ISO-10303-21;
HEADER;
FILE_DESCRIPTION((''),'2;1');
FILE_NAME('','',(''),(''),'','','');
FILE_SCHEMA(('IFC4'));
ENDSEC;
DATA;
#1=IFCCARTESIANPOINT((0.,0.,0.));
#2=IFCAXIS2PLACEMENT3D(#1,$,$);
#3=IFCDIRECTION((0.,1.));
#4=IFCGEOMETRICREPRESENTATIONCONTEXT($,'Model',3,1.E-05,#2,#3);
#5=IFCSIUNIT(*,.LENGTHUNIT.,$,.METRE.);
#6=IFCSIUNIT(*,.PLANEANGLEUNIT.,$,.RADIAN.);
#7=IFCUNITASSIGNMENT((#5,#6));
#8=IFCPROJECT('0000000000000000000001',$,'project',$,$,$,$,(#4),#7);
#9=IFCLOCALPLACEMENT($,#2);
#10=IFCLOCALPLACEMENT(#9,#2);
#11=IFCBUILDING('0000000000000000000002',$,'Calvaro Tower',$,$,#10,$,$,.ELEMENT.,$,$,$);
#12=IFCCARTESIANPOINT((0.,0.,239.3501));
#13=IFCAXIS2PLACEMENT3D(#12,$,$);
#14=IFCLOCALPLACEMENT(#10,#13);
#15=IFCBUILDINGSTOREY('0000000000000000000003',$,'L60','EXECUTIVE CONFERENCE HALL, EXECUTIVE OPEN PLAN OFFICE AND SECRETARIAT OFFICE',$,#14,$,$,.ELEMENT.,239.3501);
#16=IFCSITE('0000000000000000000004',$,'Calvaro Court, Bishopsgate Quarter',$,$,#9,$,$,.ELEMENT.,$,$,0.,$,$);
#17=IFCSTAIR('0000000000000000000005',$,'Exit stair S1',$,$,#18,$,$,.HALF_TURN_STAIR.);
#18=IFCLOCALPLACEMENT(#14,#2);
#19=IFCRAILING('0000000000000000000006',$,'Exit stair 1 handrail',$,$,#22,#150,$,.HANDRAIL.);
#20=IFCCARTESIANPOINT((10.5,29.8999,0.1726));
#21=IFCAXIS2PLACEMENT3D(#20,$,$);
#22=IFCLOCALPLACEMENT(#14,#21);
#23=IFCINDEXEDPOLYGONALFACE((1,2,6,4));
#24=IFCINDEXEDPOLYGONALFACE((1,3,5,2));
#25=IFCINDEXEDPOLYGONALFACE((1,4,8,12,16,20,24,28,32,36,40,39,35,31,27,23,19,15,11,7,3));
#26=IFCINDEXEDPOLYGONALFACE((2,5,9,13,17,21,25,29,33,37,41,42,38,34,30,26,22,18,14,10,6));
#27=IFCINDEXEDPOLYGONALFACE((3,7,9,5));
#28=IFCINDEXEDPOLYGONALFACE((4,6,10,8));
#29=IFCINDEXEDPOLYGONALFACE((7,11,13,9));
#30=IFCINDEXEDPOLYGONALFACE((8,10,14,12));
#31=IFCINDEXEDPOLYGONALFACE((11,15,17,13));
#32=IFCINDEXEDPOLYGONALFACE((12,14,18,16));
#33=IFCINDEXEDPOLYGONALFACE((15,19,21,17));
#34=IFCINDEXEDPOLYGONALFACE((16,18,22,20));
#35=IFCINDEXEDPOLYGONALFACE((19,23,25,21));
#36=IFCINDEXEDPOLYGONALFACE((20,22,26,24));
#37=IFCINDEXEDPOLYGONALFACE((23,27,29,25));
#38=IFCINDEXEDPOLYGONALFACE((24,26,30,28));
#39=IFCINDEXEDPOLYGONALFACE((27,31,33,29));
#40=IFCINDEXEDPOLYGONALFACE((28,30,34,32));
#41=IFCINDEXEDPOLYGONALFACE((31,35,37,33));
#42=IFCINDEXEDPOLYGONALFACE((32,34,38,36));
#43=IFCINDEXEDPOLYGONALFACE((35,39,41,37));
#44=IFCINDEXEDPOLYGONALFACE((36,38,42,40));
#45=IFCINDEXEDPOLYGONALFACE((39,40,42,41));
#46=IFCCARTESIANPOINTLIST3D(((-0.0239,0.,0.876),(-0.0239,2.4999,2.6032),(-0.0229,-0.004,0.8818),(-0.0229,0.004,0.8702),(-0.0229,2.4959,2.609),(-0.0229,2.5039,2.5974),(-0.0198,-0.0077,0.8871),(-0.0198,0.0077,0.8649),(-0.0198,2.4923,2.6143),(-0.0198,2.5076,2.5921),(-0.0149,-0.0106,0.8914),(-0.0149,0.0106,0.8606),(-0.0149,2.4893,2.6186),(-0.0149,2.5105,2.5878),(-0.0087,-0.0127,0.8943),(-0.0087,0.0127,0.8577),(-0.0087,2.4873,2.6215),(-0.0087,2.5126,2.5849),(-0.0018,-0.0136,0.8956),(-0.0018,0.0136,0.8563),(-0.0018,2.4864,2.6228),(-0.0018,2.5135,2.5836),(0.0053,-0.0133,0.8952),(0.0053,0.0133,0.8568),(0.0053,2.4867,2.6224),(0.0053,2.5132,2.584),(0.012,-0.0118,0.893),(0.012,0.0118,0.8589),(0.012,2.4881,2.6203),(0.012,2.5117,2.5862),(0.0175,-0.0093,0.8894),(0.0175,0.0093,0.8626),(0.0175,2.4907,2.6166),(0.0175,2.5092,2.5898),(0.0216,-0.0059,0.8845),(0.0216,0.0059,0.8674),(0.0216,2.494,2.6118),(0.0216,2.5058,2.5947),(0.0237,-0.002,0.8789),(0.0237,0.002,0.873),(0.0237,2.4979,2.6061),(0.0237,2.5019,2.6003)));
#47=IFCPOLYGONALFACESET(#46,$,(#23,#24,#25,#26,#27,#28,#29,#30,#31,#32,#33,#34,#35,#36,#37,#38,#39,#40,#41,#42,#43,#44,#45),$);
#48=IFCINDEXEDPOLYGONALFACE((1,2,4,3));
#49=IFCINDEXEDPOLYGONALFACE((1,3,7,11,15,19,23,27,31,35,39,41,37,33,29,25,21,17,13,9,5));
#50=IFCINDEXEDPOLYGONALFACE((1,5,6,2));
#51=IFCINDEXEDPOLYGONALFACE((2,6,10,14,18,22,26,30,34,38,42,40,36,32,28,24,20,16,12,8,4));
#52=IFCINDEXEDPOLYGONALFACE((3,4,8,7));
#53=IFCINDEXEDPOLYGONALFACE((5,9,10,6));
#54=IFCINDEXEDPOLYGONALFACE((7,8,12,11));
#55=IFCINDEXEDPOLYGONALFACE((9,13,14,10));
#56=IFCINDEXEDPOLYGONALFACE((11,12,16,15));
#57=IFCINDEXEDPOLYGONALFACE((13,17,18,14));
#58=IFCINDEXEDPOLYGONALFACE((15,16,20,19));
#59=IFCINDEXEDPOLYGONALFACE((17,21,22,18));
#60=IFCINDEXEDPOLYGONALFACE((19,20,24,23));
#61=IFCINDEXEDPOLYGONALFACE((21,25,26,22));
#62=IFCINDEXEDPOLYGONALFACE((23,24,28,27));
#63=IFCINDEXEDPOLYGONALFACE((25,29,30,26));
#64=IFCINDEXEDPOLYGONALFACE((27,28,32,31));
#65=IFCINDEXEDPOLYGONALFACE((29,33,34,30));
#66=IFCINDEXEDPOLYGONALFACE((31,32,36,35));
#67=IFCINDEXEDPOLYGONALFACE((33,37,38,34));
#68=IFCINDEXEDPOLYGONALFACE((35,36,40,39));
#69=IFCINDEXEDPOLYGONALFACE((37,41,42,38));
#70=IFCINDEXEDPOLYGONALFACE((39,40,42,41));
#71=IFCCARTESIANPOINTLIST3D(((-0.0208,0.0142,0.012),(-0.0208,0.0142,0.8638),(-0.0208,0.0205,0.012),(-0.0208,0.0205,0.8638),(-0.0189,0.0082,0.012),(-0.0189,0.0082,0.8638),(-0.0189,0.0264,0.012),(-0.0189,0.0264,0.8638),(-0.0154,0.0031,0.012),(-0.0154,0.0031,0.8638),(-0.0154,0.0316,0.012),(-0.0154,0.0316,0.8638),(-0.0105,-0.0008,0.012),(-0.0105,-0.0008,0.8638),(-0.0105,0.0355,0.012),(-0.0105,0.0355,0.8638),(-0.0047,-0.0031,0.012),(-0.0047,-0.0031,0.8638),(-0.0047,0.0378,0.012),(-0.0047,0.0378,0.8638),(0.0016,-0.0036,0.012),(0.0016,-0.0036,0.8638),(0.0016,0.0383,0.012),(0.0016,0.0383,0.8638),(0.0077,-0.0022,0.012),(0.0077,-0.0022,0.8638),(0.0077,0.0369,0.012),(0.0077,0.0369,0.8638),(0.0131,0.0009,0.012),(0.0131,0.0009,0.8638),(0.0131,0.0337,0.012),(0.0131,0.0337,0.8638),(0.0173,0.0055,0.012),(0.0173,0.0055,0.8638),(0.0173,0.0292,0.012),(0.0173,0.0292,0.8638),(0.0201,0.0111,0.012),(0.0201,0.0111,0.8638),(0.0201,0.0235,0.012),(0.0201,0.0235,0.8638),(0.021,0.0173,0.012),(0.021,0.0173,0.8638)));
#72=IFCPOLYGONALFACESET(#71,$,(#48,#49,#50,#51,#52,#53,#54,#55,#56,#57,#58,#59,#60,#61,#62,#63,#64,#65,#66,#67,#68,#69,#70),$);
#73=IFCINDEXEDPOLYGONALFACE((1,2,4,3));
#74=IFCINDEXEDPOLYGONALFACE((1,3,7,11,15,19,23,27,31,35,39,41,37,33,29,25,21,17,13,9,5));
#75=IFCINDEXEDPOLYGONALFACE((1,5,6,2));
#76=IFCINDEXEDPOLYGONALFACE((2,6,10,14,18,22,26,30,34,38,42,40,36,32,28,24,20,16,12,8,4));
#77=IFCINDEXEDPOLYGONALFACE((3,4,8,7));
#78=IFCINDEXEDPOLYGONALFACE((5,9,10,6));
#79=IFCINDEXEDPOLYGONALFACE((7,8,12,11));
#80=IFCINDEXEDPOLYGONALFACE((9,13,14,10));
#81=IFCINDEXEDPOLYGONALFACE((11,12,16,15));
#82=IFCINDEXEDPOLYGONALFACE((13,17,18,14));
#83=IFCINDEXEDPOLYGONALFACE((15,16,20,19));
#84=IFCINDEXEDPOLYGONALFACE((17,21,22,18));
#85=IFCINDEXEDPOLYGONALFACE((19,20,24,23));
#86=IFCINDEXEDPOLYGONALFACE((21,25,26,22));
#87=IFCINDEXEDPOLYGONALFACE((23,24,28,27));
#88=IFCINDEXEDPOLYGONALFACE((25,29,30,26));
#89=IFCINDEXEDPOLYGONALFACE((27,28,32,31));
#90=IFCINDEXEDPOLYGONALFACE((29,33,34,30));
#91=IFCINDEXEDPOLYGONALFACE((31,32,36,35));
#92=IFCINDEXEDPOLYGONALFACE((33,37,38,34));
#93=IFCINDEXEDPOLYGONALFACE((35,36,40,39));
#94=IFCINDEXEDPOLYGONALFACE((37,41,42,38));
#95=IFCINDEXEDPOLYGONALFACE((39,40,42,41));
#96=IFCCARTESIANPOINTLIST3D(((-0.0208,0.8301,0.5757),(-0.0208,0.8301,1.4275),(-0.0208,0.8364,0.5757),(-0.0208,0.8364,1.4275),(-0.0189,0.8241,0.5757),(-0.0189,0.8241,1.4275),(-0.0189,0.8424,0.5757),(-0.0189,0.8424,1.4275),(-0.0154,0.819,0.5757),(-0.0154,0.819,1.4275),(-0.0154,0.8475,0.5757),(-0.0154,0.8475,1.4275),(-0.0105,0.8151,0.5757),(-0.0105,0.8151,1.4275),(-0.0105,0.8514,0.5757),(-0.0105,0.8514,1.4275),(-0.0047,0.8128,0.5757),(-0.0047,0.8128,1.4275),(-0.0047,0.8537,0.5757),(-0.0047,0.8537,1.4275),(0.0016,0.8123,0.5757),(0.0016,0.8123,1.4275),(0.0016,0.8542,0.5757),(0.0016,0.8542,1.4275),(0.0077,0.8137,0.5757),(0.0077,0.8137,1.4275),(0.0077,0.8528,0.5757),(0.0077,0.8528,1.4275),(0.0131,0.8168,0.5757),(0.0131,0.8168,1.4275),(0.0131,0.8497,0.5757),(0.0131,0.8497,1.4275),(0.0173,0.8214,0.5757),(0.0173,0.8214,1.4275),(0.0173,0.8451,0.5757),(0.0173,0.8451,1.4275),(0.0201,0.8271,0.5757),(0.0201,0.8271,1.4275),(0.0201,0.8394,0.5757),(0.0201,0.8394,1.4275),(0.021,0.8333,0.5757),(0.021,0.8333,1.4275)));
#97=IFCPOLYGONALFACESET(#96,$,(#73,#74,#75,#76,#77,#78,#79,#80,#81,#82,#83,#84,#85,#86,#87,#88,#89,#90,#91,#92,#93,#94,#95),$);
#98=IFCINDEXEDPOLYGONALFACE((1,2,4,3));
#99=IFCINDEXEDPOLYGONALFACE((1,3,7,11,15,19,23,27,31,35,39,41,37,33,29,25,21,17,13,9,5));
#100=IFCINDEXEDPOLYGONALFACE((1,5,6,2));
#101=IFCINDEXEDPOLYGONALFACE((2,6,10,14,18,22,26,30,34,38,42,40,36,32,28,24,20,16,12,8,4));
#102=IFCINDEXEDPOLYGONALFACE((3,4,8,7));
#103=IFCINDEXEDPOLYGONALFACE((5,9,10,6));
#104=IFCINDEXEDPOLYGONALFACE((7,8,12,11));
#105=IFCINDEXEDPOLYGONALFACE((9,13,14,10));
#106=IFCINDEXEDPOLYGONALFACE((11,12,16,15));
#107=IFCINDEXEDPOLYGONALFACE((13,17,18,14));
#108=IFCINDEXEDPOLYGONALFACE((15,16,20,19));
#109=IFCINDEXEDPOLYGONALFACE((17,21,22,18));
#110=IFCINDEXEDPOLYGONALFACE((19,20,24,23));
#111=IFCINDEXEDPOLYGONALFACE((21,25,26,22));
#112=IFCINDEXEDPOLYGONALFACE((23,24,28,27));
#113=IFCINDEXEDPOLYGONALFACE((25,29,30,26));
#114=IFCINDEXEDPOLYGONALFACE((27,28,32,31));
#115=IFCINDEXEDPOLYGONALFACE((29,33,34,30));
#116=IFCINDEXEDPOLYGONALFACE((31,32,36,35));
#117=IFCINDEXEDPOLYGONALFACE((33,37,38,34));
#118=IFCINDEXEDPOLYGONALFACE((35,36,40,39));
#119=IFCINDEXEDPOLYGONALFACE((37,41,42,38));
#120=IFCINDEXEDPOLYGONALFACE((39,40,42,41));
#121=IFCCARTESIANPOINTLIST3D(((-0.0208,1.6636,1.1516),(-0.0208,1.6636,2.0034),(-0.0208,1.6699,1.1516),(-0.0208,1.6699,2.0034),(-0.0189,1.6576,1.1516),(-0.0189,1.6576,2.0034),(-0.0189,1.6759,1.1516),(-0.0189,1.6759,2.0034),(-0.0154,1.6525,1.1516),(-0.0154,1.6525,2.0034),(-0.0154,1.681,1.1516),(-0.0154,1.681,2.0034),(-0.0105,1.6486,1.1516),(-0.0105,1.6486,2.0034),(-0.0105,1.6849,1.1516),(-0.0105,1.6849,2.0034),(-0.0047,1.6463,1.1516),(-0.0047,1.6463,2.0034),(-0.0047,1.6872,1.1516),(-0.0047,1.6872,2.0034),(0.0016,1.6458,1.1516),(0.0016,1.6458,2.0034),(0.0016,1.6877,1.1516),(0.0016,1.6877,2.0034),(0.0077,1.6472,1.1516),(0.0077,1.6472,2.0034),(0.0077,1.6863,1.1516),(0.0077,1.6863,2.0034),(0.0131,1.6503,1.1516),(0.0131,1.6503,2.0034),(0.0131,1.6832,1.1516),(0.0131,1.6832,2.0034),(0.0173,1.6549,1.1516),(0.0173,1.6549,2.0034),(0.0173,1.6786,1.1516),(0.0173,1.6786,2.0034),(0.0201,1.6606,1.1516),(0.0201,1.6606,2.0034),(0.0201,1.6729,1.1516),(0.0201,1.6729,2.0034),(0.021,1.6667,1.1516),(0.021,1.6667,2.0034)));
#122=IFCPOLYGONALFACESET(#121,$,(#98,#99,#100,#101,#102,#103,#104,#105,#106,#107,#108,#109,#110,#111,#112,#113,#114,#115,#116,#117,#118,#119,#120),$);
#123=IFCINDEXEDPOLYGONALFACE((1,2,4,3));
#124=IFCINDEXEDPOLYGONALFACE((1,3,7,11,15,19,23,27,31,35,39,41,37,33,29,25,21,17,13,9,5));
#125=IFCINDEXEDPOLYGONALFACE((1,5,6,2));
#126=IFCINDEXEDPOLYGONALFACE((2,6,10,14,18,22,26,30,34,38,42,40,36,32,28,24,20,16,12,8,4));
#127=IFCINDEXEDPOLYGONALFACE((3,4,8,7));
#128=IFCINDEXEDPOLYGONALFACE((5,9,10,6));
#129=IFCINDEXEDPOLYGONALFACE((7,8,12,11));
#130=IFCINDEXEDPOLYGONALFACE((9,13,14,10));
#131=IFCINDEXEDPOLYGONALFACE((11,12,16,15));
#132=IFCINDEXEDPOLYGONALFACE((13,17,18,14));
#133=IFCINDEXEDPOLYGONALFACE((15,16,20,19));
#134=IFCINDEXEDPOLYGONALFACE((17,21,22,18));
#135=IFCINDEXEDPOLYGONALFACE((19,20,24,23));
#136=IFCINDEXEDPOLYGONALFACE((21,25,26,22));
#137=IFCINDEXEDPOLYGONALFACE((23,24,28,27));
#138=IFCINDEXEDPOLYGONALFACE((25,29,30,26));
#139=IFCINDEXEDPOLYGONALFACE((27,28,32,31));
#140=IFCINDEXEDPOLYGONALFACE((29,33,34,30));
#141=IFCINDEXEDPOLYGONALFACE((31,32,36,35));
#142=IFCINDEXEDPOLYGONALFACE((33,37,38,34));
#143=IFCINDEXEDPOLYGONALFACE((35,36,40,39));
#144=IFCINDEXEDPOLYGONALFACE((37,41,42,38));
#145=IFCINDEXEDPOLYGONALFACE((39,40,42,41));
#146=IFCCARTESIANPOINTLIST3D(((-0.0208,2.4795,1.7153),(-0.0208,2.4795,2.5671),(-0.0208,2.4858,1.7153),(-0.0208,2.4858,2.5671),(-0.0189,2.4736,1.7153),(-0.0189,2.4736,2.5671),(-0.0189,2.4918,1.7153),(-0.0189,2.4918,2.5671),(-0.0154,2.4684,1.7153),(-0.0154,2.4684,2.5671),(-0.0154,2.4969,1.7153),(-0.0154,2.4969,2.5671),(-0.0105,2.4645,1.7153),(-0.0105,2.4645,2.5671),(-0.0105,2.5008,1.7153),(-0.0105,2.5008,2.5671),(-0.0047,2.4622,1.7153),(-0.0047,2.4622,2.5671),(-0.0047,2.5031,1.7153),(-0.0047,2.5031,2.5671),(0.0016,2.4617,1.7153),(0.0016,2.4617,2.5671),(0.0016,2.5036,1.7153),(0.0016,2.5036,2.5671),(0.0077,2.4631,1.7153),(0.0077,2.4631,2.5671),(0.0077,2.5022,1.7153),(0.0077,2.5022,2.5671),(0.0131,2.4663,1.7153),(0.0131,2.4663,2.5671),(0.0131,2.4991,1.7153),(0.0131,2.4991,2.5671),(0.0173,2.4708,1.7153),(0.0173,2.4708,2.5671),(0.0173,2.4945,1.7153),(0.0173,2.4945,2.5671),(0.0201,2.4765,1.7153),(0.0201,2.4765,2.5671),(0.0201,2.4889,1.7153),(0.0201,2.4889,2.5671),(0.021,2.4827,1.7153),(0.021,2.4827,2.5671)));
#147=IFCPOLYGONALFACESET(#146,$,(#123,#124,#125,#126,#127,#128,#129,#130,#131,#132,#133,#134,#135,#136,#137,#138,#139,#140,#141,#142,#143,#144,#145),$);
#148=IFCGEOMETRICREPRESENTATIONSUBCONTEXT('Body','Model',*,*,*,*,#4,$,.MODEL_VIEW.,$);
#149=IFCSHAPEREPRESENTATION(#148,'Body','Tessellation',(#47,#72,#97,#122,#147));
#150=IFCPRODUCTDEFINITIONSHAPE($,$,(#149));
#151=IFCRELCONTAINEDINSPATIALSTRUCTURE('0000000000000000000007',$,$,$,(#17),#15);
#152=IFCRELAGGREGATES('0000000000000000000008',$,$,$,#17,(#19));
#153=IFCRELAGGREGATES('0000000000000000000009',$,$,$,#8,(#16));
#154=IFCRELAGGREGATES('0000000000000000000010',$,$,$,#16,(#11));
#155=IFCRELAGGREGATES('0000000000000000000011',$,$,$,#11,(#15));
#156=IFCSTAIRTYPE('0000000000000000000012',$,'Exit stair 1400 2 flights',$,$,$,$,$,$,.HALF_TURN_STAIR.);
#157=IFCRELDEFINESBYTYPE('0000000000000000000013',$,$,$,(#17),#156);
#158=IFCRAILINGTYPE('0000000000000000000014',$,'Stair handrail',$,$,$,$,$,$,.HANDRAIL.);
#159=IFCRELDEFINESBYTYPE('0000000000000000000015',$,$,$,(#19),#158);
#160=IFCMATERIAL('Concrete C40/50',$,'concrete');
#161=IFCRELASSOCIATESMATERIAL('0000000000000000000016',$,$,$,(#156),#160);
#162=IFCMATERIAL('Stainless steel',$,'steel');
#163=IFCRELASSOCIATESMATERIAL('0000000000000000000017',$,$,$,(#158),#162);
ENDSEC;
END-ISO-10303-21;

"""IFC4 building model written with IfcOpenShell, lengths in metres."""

from ifc_helpers import new_model, si_unit, direction, frame, origin, origin_2d, place, context, subcontext, project, spatial, circle, extrude, material, type_object, element, aggregate, save


model = new_model("IFC4")

# Units and contexts
model_context = context("Model", 3, precision=1e-05, world=origin(), true_north=direction((0.0, 1.0)))
body_context = subcontext(model_context, "Body", "Model", "MODEL_VIEW")
ifc_project = project(units=[si_unit("LENGTHUNIT", "METRE"), si_unit("PLANEANGLEUNIT", "RADIAN")], contexts=[model_context])

# Site, building, storey
site_placement = place(None, origin())
site = spatial("IfcSite", under=ifc_project, at=site_placement, Name="Calvaro Court, Bishopsgate Quarter", CompositionType="ELEMENT", RefElevation=0.0)
building_placement = place(site_placement, origin())
building = spatial("IfcBuilding", under=site, at=building_placement, Name="Calvaro Tower", CompositionType="ELEMENT")
storey_placement = place(building_placement, frame((0.0, 0.0, 239.3501)))
storey = spatial("IfcBuildingStorey", under=building, at=storey_placement, Name="L60", Description="EXECUTIVE CONFERENCE HALL, EXECUTIVE OPEN PLAN OFFICE AND SECRETARIAT OFFICE", CompositionType="ELEMENT", Elevation=239.3501)

# Stair, railing
ifc_material_1 = material(Name="Concrete C40/50", Category="concrete")
stair_type = type_object("IfcStairType", Name="Exit stair 1400 2 flights", PredefinedType="HALF_TURN_STAIR", material=ifc_material_1)
stair_placement = place(storey_placement, origin())
stair = element("IfcStair", 1, at=stair_placement, inside=storey, type_object=stair_type, Name="Exit stair S1", PredefinedType="HALF_TURN_STAIR")
ifc_material_2 = material(Name="Stainless steel", Category="steel")
railing_type = type_object("IfcRailingType", Name="Stair handrail", PredefinedType="HANDRAIL", material=ifc_material_2)
railing_1_placement = place(storey_placement, frame((10.5, 29.8999, 0.1726)))
railing_1 = element("IfcRailing", 2, at=railing_1_placement, type_object=railing_type, Name="Exit stair 1 handrail", PredefinedType="HANDRAIL", context=body_context, shape_type="SweptSolid", body=[
    extrude(circle(Radius=0.0239, at=origin_2d()), frame((0.0, 0.0, 0.876), z_axis=(0.0, 0.822727, 0.568437), x_axis=(-1.0, 0.0, 0.0)), (0.0, 0.0, 1.0), 3.0386),
    extrude(circle(Radius=0.021, at=origin_2d()), frame((0.0, 0.0173, 0.012)), (0.0, 0.0, 1.0), 0.8518),
    extrude(circle(Radius=0.021, at=origin_2d()), frame((0.0, 0.8333, 0.5757)), (0.0, 0.0, 1.0), 0.8518),
    extrude(circle(Radius=0.021, at=origin_2d()), frame((0.0, 1.6667, 1.1516)), (0.0, 0.0, 1.0), 0.8518),
    extrude(circle(Radius=0.021, at=origin_2d()), frame((0.0, 2.4827, 1.7153)), (0.0, 0.0, 1.0), 0.8518),
])
aggregate(stair, [railing_1])

save(model, "model.ifc")
